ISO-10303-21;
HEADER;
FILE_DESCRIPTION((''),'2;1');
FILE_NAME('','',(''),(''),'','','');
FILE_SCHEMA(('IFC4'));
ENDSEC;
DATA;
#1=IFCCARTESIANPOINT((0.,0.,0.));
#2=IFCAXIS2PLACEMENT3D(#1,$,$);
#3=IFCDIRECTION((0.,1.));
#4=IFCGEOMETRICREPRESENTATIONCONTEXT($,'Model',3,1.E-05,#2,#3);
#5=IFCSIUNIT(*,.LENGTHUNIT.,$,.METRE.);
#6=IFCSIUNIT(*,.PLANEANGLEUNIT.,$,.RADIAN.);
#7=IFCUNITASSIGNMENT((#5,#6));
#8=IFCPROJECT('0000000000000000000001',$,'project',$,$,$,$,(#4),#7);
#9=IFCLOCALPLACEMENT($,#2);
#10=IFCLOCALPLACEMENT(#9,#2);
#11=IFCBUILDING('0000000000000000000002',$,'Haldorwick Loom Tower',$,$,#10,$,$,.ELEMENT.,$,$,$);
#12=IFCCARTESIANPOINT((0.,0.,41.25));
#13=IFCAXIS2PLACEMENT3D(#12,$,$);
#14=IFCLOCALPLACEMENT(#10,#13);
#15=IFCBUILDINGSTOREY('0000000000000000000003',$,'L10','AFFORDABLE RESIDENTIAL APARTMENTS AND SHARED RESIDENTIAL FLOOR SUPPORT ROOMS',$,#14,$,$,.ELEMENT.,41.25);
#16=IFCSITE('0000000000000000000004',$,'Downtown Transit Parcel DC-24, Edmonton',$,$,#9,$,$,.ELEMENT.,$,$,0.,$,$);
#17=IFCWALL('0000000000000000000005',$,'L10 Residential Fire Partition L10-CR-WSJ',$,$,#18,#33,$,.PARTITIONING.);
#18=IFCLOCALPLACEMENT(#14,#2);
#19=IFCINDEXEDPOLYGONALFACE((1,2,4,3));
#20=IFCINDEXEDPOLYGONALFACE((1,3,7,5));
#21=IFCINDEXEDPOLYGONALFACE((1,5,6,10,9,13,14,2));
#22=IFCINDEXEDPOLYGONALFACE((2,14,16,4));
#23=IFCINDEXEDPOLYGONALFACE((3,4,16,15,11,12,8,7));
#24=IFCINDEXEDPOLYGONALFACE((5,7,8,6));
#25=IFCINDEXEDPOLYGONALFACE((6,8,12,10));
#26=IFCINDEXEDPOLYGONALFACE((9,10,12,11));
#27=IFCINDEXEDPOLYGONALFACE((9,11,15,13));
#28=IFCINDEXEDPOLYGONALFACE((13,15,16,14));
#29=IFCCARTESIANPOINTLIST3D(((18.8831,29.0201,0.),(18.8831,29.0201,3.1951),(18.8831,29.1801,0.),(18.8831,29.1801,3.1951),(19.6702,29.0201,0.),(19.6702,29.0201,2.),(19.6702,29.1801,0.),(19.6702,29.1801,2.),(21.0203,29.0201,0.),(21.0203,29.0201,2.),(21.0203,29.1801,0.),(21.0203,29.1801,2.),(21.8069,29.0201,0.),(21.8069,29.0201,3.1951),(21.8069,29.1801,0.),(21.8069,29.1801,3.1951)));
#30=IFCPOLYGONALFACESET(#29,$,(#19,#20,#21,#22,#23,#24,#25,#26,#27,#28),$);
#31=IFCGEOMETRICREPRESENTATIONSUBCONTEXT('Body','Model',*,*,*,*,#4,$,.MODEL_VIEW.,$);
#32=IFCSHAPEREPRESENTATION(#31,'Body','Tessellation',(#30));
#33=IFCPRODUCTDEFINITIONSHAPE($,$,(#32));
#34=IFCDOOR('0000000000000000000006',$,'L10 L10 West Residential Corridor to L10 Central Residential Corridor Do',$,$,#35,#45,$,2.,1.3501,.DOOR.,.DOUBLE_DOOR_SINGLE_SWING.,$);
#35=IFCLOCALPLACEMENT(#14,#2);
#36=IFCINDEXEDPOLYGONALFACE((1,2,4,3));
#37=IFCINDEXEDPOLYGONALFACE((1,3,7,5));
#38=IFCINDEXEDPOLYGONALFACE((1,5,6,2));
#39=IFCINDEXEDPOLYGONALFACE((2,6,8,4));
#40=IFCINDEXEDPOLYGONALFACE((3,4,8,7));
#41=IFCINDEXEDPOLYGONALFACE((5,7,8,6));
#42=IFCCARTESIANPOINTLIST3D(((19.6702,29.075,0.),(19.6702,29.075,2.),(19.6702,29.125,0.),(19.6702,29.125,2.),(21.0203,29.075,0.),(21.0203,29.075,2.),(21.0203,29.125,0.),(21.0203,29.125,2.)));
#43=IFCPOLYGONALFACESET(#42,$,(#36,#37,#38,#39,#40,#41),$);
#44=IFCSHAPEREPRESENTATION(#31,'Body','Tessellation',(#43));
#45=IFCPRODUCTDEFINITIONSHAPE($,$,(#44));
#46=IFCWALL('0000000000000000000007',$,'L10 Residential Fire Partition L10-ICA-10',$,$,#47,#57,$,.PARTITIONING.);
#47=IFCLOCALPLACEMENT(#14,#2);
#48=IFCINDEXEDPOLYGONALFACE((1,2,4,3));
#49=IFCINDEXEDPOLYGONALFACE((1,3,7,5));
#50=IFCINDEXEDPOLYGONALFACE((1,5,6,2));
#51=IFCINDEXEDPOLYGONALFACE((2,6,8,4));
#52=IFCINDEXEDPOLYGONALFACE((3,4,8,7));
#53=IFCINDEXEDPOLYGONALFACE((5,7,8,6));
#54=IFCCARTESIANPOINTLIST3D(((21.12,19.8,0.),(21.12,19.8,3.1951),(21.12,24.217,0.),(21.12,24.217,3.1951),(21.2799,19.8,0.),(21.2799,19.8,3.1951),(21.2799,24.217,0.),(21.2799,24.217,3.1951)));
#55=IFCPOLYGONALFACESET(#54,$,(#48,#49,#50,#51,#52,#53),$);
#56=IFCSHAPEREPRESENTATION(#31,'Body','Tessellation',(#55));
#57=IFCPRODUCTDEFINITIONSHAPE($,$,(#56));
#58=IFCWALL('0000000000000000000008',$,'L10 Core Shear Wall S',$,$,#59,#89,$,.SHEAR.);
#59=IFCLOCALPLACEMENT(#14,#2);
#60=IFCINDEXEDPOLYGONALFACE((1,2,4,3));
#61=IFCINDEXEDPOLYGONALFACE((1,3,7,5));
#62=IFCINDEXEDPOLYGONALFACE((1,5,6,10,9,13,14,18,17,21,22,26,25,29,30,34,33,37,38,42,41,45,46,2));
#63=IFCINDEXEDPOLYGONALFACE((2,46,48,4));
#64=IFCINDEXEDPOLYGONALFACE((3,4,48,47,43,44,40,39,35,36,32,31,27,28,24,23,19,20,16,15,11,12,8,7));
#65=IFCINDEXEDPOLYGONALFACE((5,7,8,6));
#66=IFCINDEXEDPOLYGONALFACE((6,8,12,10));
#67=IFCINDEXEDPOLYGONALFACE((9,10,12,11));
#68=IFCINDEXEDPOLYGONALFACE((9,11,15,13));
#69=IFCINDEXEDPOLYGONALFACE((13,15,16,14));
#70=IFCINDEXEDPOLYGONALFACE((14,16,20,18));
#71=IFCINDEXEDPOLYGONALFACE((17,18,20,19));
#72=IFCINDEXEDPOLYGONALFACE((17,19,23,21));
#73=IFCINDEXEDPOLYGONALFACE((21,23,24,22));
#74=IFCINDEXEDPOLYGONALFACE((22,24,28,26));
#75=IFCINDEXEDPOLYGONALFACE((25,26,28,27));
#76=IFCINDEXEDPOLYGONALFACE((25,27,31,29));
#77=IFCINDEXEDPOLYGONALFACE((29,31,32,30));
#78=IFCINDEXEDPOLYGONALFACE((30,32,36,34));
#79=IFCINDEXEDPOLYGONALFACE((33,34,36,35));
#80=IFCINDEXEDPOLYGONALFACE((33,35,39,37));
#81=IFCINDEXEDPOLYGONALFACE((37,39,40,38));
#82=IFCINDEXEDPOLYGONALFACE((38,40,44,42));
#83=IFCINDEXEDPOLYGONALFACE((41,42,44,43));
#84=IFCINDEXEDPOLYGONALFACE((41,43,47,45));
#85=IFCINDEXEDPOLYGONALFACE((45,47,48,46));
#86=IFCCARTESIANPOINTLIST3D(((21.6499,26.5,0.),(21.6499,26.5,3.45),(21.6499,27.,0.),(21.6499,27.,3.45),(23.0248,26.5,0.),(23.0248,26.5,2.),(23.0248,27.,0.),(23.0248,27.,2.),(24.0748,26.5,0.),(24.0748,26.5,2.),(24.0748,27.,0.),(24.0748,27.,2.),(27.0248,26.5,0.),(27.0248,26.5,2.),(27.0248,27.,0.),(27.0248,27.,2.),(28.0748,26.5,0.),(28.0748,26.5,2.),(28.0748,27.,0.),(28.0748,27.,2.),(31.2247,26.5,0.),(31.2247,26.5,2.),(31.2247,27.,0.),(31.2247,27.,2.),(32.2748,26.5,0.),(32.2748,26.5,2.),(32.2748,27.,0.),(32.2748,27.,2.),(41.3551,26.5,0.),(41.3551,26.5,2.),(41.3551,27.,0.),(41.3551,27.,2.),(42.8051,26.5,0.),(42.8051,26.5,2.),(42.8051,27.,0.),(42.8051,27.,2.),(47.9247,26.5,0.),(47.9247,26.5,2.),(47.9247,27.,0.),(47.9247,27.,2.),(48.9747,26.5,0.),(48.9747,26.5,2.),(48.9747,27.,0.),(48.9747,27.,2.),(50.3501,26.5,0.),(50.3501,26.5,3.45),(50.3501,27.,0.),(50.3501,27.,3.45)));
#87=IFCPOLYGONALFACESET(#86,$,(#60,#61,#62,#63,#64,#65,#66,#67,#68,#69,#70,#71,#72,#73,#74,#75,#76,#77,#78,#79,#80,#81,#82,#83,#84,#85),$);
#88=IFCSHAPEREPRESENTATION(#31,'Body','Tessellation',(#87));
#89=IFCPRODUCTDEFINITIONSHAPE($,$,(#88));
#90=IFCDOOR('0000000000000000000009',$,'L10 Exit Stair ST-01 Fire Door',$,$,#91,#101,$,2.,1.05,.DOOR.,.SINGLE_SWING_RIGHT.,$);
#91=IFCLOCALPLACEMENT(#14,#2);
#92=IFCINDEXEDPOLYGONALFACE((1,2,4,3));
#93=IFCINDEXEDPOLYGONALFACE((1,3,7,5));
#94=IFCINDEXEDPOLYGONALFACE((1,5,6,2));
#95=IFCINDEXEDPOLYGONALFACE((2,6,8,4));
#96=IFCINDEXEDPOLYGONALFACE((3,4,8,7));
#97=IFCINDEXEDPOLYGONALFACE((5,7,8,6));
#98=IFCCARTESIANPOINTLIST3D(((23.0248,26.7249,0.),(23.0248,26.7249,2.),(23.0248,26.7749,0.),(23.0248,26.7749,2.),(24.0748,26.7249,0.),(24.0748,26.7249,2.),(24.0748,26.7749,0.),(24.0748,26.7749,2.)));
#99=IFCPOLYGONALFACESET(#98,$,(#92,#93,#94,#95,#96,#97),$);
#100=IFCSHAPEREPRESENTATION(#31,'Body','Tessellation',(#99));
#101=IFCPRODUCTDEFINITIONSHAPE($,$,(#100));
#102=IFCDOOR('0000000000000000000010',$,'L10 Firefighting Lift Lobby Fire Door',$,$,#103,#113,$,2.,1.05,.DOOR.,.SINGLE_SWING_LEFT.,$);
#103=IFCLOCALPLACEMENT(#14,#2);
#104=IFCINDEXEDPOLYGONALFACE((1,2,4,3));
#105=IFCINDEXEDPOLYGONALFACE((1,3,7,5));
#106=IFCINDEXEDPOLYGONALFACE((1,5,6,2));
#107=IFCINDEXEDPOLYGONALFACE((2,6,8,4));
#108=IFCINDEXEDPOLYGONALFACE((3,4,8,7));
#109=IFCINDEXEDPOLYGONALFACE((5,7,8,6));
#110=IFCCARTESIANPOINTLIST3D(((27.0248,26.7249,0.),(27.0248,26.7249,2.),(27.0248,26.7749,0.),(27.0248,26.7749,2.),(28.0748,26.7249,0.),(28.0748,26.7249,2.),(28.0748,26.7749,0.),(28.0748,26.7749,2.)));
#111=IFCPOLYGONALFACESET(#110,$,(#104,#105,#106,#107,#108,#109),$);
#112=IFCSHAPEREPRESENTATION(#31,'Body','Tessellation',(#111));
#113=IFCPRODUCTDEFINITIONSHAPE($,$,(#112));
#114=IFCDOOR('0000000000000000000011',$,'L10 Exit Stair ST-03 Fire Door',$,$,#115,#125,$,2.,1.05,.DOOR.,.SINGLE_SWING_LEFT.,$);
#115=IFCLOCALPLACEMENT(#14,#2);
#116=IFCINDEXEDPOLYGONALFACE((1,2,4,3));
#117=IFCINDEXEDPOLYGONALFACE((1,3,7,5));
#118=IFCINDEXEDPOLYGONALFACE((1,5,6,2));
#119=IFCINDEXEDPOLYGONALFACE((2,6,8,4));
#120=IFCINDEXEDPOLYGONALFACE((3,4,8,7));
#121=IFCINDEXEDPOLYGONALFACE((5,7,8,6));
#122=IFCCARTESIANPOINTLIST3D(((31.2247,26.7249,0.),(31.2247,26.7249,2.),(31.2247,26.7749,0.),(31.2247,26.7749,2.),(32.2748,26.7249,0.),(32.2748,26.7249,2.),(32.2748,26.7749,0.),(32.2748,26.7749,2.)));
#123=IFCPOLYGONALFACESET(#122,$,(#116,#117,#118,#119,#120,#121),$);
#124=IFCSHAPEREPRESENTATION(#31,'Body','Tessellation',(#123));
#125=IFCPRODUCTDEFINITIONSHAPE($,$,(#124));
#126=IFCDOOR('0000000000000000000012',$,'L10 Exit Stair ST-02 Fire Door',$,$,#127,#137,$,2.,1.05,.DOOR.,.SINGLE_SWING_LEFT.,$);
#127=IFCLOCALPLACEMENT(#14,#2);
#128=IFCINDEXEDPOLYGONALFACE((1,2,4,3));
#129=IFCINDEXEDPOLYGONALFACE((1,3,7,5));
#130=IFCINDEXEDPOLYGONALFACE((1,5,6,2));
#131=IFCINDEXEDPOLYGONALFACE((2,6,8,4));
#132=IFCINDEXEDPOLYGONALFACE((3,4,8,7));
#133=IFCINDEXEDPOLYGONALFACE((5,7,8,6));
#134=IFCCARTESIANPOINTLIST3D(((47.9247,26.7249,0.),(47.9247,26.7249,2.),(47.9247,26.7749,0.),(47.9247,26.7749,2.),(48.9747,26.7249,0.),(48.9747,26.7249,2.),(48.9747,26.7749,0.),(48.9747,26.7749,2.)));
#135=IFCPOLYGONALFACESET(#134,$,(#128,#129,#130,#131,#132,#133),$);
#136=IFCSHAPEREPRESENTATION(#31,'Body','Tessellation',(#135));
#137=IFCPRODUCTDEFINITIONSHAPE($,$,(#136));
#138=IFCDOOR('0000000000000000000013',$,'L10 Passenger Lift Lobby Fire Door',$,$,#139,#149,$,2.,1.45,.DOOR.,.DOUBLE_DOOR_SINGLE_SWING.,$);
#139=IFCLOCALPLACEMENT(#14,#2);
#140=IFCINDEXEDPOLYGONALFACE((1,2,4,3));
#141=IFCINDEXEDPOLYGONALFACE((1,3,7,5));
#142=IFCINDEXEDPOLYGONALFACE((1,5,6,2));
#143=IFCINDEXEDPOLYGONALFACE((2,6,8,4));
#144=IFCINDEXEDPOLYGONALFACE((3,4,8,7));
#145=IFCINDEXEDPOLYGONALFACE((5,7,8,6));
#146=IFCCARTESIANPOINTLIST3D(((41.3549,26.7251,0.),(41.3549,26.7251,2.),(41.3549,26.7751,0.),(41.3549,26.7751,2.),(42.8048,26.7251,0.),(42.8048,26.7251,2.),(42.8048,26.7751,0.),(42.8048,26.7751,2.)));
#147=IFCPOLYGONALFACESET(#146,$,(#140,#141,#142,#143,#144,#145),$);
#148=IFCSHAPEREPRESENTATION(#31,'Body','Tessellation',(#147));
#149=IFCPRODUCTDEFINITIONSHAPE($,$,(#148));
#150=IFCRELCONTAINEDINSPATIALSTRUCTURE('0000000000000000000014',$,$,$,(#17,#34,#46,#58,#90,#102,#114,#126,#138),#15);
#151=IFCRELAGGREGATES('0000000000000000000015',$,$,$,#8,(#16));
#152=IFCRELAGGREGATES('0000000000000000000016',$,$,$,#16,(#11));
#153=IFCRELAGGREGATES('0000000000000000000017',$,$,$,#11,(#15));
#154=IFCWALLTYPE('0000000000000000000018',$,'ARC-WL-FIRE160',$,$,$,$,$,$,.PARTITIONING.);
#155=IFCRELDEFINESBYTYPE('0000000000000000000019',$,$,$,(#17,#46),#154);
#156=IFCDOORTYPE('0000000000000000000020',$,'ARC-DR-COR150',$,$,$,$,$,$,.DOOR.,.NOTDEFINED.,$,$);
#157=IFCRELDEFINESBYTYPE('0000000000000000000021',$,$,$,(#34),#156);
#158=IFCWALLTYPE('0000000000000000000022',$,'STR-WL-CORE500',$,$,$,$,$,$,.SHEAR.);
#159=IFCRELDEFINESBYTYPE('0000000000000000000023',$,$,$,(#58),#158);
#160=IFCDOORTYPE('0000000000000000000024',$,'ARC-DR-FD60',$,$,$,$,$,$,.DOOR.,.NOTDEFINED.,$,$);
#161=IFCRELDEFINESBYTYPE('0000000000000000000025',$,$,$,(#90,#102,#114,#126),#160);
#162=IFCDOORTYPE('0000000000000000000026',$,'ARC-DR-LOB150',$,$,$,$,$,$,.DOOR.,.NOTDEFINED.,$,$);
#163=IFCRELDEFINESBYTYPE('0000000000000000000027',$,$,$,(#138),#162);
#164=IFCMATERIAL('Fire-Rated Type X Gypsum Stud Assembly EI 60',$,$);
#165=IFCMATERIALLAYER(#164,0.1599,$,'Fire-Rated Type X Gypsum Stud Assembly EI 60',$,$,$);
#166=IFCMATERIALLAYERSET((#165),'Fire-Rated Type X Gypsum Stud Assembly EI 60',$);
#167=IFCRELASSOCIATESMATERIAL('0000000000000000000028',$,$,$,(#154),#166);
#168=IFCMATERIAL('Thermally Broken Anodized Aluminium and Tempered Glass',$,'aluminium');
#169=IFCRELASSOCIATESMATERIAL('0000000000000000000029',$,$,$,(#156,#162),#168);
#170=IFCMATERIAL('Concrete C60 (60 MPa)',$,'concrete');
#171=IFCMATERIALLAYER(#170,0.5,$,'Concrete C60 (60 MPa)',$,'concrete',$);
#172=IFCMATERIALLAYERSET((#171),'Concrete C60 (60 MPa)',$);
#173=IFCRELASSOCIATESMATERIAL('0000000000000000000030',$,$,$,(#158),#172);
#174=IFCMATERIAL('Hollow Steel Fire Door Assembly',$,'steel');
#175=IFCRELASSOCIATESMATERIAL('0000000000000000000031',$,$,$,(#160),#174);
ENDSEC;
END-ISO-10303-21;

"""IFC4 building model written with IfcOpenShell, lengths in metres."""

from ifc_helpers import new_model, si_unit, direction, frame, frame_2d, origin, place, context, subcontext, project, spatial, rectangle, extrude, material, layer, layer_set, type_object, element, fill, save


model = new_model("IFC4")

# Units and contexts
model_context = context("Model", 3, precision=1e-05, world=origin(), true_north=direction((0.0, 1.0)))
body_context = subcontext(model_context, "Body", "Model", "MODEL_VIEW")
ifc_project = project(units=[si_unit("LENGTHUNIT", "METRE"), si_unit("PLANEANGLEUNIT", "RADIAN")], contexts=[model_context])

# Site, building, storey
site_placement = place(None, origin())
site = spatial("IfcSite", under=ifc_project, at=site_placement, Name="Downtown Transit Parcel DC-24, Edmonton", CompositionType="ELEMENT", RefElevation=0.0)
building_placement = place(site_placement, origin())
building = spatial("IfcBuilding", under=site, at=building_placement, Name="Haldorwick Loom Tower", CompositionType="ELEMENT")
storey_placement = place(building_placement, frame((0.0, 0.0, 41.25)))
storey = spatial("IfcBuildingStorey", under=building, at=storey_placement, Name="L10", Description="AFFORDABLE RESIDENTIAL APARTMENTS AND SHARED RESIDENTIAL FLOOR SUPPORT ROOMS", CompositionType="ELEMENT", Elevation=41.25)

# Shared definitions
ifc_material_1 = material(Name="Concrete C60 (60 MPa)", Category="concrete")

# Wall, opening, door
ifc_material_2 = material(Name="Fire-Rated Type X Gypsum Stud Assembly EI 60")
ifc_layer_1 = layer(ifc_material_2, 0.1599, Name="Fire-Rated Type X Gypsum Stud Assembly EI 60")
ifc_layer_set_1 = layer_set([ifc_layer_1], Name="Fire-Rated Type X Gypsum Stud Assembly EI 60")
wall_type_1 = type_object("IfcWallType", Name="ARC-WL-FIRE160", PredefinedType="PARTITIONING", material=ifc_layer_set_1)
wall_1_placement = place(storey_placement, frame((18.8831, 29.1001, 0.0), z_axis=(0.0, 0.0, 1.0), x_axis=(1.0, 0.0, 0.0)))
wall_1 = element("IfcWall", 1, at=wall_1_placement, inside=storey, type_object=wall_type_1, Name="L10 Residential Fire Partition L10-CR-WSJ", PredefinedType="PARTITIONING", context=body_context, shape_type="SweptSolid", body=[
    extrude(rectangle(XDim=2.9238, YDim=0.1599, at=frame_2d((1.4619, 0.0))), origin(), (0.0, 0.0, 1.0), 3.1951),
])
opening_1_placement = place(wall_1_placement, frame((0.7871, 0.0, 0.0)))
opening_1 = element("IfcOpeningElement", 2, at=opening_1_placement, cuts=wall_1, PredefinedType="OPENING", context=body_context, shape_type="SweptSolid", body=[
    extrude(rectangle(XDim=1.3501, YDim=2.0, at=frame_2d((0.675, 1.0))), frame((0.0, 0.0898, 0.0), z_axis=(0.0, -1.0, 0.0), x_axis=(1.0, 0.0, 0.0)), (0.0, 0.0, 1.0), 0.1799),
])
ifc_material_3 = material(Name="Thermally Broken Anodized Aluminium and Tempered Glass", Category="aluminium")
door_type_1 = type_object("IfcDoorType", Name="ARC-DR-COR150", OperationType="NOTDEFINED", PredefinedType="DOOR", material=ifc_material_3)
door_1_placement = place(opening_1_placement, origin())
door_1 = element("IfcDoor", 3, at=door_1_placement, inside=storey, type_object=door_type_1, Name="L10 L10 West Residential Corridor to L10 Central Residential Corridor Do", OperationType="DOUBLE_DOOR_SINGLE_SWING", OverallHeight=2.0, OverallWidth=1.3501, PredefinedType="DOOR", context=body_context, shape_type="SweptSolid", body=[
    extrude(rectangle(XDim=1.3501, YDim=2.0, at=frame_2d((0.675, 1.0))), frame((0.0, 0.0249, 0.0), z_axis=(0.0, -1.0, 0.0), x_axis=(1.0, 0.0, 0.0)), (0.0, 0.0, 1.0), 0.05),
])
fill(opening_1, door_1)

# Wall
wall_2_placement = place(storey_placement, frame((21.2, 24.217, 0.0), z_axis=(0.0, 0.0, 1.0), x_axis=(0.0, -1.0, 0.0)))
element("IfcWall", 4, at=wall_2_placement, inside=storey, type_object=wall_type_1, Name="L10 Residential Fire Partition L10-ICA-10", PredefinedType="PARTITIONING", context=body_context, shape_type="SweptSolid", body=[
    extrude(rectangle(XDim=4.417, YDim=0.1599, at=frame_2d((2.2085, 0.0))), origin(), (0.0, 0.0, 1.0), 3.1951),
])

# Wall, openings, doors
ifc_layer_2 = layer(ifc_material_1, 0.5, Name="Concrete C60 (60 MPa)", Category="concrete")
ifc_layer_set_2 = layer_set([ifc_layer_2], Name="Concrete C60 (60 MPa)")
wall_type_2 = type_object("IfcWallType", Name="STR-WL-CORE500", PredefinedType="SHEAR", material=ifc_layer_set_2)
wall_3_placement = place(storey_placement, frame((21.6499, 26.75, 0.0), z_axis=(0.0, 0.0, 1.0), x_axis=(1.0, 0.0, 0.0)))
wall_3 = element("IfcWall", 5, at=wall_3_placement, inside=storey, type_object=wall_type_2, Name="L10 Core Shear Wall S", PredefinedType="SHEAR", context=body_context, shape_type="SweptSolid", body=[
    extrude(rectangle(XDim=28.7002, YDim=0.5, at=frame_2d((14.3501, 0.0))), origin(), (0.0, 0.0, 1.0), 3.45),
])
opening_2_placement = place(wall_3_placement, frame((1.375, 0.0, 0.0)))
opening_2 = element("IfcOpeningElement", 6, at=opening_2_placement, cuts=wall_3, PredefinedType="OPENING", context=body_context, shape_type="SweptSolid", body=[
    extrude(rectangle(XDim=1.05, YDim=2.0, at=frame_2d((0.5249, 1.0))), frame((0.0, 0.26, 0.0), z_axis=(0.0, -1.0, 0.0), x_axis=(1.0, 0.0, 0.0)), (0.0, 0.0, 1.0), 0.52),
])
opening_3_placement = place(wall_3_placement, frame((5.375, 0.0, 0.0)))
opening_3 = element("IfcOpeningElement", 7, at=opening_3_placement, cuts=wall_3, PredefinedType="OPENING", context=body_context, shape_type="SweptSolid", body=[
    extrude(rectangle(XDim=1.05, YDim=2.0, at=frame_2d((0.5249, 1.0))), frame((0.0, 0.26, 0.0), z_axis=(0.0, -1.0, 0.0), x_axis=(1.0, 0.0, 0.0)), (0.0, 0.0, 1.0), 0.52),
])
opening_4_placement = place(wall_3_placement, frame((9.575, 0.0, 0.0)))
opening_4 = element("IfcOpeningElement", 8, at=opening_4_placement, cuts=wall_3, PredefinedType="OPENING", context=body_context, shape_type="SweptSolid", body=[
    extrude(rectangle(XDim=1.05, YDim=2.0, at=frame_2d((0.5249, 1.0))), frame((0.0, 0.26, 0.0), z_axis=(0.0, -1.0, 0.0), x_axis=(1.0, 0.0, 0.0)), (0.0, 0.0, 1.0), 0.52),
])
opening_5_placement = place(wall_3_placement, frame((19.7051, 0.0, 0.0)))
opening_5 = element("IfcOpeningElement", 9, at=opening_5_placement, cuts=wall_3, PredefinedType="OPENING", context=body_context, shape_type="SweptSolid", body=[
    extrude(rectangle(XDim=1.45, YDim=2.0, at=frame_2d((0.7251, 1.0))), frame((0.0, 0.26, 0.0), z_axis=(0.0, -1.0, 0.0), x_axis=(1.0, 0.0, 0.0)), (0.0, 0.0, 1.0), 0.52),
])
opening_6_placement = place(wall_3_placement, frame((26.2749, 0.0, 0.0)))
opening_6 = element("IfcOpeningElement", 10, at=opening_6_placement, cuts=wall_3, PredefinedType="OPENING", context=body_context, shape_type="SweptSolid", body=[
    extrude(rectangle(XDim=1.05, YDim=2.0, at=frame_2d((0.5249, 1.0))), frame((0.0, 0.26, 0.0), z_axis=(0.0, -1.0, 0.0), x_axis=(1.0, 0.0, 0.0)), (0.0, 0.0, 1.0), 0.52),
])
ifc_material_4 = material(Name="Hollow Steel Fire Door Assembly", Category="steel")
door_type_2 = type_object("IfcDoorType", Name="ARC-DR-FD60", OperationType="NOTDEFINED", PredefinedType="DOOR", material=ifc_material_4)
door_2_placement = place(opening_2_placement, origin())
door_2 = element("IfcDoor", 11, at=door_2_placement, inside=storey, type_object=door_type_2, Name="L10 Exit Stair ST-01 Fire Door", OperationType="SINGLE_SWING_RIGHT", OverallHeight=2.0, OverallWidth=1.05, PredefinedType="DOOR", context=body_context, shape_type="SweptSolid", body=[
    extrude(rectangle(XDim=1.05, YDim=2.0, at=frame_2d((0.5249, 1.0))), frame((0.0, 0.0249, 0.0), z_axis=(0.0, -1.0, 0.0), x_axis=(1.0, 0.0, 0.0)), (0.0, 0.0, 1.0), 0.05),
])
fill(opening_2, door_2)
door_3_placement = place(opening_3_placement, origin())
door_3 = element("IfcDoor", 12, at=door_3_placement, inside=storey, type_object=door_type_2, Name="L10 Firefighting Lift Lobby Fire Door", OperationType="SINGLE_SWING_LEFT", OverallHeight=2.0, OverallWidth=1.05, PredefinedType="DOOR", context=body_context, shape_type="SweptSolid", body=[
    extrude(rectangle(XDim=1.05, YDim=2.0, at=frame_2d((0.5249, 1.0))), frame((0.0, 0.0249, 0.0), z_axis=(0.0, -1.0, 0.0), x_axis=(1.0, 0.0, 0.0)), (0.0, 0.0, 1.0), 0.05),
])
fill(opening_3, door_3)
door_4_placement = place(opening_4_placement, origin())
door_4 = element("IfcDoor", 13, at=door_4_placement, inside=storey, type_object=door_type_2, Name="L10 Exit Stair ST-03 Fire Door", OperationType="SINGLE_SWING_LEFT", OverallHeight=2.0, OverallWidth=1.05, PredefinedType="DOOR", context=body_context, shape_type="SweptSolid", body=[
    extrude(rectangle(XDim=1.05, YDim=2.0, at=frame_2d((0.5249, 1.0))), frame((0.0, 0.0249, 0.0), z_axis=(0.0, -1.0, 0.0), x_axis=(1.0, 0.0, 0.0)), (0.0, 0.0, 1.0), 0.05),
])
fill(opening_4, door_4)
door_5_placement = place(opening_6_placement, origin())
door_5 = element("IfcDoor", 14, at=door_5_placement, inside=storey, type_object=door_type_2, Name="L10 Exit Stair ST-02 Fire Door", OperationType="SINGLE_SWING_LEFT", OverallHeight=2.0, OverallWidth=1.05, PredefinedType="DOOR", context=body_context, shape_type="SweptSolid", body=[
    extrude(rectangle(XDim=1.05, YDim=2.0, at=frame_2d((0.5249, 1.0))), frame((0.0, 0.0249, 0.0), z_axis=(0.0, -1.0, 0.0), x_axis=(1.0, 0.0, 0.0)), (0.0, 0.0, 1.0), 0.05),
])
fill(opening_6, door_5)
door_type_3 = type_object("IfcDoorType", Name="ARC-DR-LOB150", OperationType="NOTDEFINED", PredefinedType="DOOR", material=ifc_material_3)
door_6_placement = place(opening_5_placement, frame((1.45, 0.0, 0.0), z_axis=(0.0, 0.0, 1.0), x_axis=(-1.0, 0.0, 0.0)))
door_6 = element("IfcDoor", 15, at=door_6_placement, inside=storey, type_object=door_type_3, Name="L10 Passenger Lift Lobby Fire Door", OperationType="DOUBLE_DOOR_SINGLE_SWING", OverallHeight=2.0, OverallWidth=1.45, PredefinedType="DOOR", context=body_context, shape_type="SweptSolid", body=[
    extrude(rectangle(XDim=1.45, YDim=2.0, at=frame_2d((0.7251, 1.0))), frame((0.0, 0.0249, 0.0), z_axis=(0.0, -1.0, 0.0), x_axis=(1.0, 0.0, 0.0)), (0.0, 0.0, 1.0), 0.05),
])
fill(opening_5, door_6)

save(model, "model.ifc")
